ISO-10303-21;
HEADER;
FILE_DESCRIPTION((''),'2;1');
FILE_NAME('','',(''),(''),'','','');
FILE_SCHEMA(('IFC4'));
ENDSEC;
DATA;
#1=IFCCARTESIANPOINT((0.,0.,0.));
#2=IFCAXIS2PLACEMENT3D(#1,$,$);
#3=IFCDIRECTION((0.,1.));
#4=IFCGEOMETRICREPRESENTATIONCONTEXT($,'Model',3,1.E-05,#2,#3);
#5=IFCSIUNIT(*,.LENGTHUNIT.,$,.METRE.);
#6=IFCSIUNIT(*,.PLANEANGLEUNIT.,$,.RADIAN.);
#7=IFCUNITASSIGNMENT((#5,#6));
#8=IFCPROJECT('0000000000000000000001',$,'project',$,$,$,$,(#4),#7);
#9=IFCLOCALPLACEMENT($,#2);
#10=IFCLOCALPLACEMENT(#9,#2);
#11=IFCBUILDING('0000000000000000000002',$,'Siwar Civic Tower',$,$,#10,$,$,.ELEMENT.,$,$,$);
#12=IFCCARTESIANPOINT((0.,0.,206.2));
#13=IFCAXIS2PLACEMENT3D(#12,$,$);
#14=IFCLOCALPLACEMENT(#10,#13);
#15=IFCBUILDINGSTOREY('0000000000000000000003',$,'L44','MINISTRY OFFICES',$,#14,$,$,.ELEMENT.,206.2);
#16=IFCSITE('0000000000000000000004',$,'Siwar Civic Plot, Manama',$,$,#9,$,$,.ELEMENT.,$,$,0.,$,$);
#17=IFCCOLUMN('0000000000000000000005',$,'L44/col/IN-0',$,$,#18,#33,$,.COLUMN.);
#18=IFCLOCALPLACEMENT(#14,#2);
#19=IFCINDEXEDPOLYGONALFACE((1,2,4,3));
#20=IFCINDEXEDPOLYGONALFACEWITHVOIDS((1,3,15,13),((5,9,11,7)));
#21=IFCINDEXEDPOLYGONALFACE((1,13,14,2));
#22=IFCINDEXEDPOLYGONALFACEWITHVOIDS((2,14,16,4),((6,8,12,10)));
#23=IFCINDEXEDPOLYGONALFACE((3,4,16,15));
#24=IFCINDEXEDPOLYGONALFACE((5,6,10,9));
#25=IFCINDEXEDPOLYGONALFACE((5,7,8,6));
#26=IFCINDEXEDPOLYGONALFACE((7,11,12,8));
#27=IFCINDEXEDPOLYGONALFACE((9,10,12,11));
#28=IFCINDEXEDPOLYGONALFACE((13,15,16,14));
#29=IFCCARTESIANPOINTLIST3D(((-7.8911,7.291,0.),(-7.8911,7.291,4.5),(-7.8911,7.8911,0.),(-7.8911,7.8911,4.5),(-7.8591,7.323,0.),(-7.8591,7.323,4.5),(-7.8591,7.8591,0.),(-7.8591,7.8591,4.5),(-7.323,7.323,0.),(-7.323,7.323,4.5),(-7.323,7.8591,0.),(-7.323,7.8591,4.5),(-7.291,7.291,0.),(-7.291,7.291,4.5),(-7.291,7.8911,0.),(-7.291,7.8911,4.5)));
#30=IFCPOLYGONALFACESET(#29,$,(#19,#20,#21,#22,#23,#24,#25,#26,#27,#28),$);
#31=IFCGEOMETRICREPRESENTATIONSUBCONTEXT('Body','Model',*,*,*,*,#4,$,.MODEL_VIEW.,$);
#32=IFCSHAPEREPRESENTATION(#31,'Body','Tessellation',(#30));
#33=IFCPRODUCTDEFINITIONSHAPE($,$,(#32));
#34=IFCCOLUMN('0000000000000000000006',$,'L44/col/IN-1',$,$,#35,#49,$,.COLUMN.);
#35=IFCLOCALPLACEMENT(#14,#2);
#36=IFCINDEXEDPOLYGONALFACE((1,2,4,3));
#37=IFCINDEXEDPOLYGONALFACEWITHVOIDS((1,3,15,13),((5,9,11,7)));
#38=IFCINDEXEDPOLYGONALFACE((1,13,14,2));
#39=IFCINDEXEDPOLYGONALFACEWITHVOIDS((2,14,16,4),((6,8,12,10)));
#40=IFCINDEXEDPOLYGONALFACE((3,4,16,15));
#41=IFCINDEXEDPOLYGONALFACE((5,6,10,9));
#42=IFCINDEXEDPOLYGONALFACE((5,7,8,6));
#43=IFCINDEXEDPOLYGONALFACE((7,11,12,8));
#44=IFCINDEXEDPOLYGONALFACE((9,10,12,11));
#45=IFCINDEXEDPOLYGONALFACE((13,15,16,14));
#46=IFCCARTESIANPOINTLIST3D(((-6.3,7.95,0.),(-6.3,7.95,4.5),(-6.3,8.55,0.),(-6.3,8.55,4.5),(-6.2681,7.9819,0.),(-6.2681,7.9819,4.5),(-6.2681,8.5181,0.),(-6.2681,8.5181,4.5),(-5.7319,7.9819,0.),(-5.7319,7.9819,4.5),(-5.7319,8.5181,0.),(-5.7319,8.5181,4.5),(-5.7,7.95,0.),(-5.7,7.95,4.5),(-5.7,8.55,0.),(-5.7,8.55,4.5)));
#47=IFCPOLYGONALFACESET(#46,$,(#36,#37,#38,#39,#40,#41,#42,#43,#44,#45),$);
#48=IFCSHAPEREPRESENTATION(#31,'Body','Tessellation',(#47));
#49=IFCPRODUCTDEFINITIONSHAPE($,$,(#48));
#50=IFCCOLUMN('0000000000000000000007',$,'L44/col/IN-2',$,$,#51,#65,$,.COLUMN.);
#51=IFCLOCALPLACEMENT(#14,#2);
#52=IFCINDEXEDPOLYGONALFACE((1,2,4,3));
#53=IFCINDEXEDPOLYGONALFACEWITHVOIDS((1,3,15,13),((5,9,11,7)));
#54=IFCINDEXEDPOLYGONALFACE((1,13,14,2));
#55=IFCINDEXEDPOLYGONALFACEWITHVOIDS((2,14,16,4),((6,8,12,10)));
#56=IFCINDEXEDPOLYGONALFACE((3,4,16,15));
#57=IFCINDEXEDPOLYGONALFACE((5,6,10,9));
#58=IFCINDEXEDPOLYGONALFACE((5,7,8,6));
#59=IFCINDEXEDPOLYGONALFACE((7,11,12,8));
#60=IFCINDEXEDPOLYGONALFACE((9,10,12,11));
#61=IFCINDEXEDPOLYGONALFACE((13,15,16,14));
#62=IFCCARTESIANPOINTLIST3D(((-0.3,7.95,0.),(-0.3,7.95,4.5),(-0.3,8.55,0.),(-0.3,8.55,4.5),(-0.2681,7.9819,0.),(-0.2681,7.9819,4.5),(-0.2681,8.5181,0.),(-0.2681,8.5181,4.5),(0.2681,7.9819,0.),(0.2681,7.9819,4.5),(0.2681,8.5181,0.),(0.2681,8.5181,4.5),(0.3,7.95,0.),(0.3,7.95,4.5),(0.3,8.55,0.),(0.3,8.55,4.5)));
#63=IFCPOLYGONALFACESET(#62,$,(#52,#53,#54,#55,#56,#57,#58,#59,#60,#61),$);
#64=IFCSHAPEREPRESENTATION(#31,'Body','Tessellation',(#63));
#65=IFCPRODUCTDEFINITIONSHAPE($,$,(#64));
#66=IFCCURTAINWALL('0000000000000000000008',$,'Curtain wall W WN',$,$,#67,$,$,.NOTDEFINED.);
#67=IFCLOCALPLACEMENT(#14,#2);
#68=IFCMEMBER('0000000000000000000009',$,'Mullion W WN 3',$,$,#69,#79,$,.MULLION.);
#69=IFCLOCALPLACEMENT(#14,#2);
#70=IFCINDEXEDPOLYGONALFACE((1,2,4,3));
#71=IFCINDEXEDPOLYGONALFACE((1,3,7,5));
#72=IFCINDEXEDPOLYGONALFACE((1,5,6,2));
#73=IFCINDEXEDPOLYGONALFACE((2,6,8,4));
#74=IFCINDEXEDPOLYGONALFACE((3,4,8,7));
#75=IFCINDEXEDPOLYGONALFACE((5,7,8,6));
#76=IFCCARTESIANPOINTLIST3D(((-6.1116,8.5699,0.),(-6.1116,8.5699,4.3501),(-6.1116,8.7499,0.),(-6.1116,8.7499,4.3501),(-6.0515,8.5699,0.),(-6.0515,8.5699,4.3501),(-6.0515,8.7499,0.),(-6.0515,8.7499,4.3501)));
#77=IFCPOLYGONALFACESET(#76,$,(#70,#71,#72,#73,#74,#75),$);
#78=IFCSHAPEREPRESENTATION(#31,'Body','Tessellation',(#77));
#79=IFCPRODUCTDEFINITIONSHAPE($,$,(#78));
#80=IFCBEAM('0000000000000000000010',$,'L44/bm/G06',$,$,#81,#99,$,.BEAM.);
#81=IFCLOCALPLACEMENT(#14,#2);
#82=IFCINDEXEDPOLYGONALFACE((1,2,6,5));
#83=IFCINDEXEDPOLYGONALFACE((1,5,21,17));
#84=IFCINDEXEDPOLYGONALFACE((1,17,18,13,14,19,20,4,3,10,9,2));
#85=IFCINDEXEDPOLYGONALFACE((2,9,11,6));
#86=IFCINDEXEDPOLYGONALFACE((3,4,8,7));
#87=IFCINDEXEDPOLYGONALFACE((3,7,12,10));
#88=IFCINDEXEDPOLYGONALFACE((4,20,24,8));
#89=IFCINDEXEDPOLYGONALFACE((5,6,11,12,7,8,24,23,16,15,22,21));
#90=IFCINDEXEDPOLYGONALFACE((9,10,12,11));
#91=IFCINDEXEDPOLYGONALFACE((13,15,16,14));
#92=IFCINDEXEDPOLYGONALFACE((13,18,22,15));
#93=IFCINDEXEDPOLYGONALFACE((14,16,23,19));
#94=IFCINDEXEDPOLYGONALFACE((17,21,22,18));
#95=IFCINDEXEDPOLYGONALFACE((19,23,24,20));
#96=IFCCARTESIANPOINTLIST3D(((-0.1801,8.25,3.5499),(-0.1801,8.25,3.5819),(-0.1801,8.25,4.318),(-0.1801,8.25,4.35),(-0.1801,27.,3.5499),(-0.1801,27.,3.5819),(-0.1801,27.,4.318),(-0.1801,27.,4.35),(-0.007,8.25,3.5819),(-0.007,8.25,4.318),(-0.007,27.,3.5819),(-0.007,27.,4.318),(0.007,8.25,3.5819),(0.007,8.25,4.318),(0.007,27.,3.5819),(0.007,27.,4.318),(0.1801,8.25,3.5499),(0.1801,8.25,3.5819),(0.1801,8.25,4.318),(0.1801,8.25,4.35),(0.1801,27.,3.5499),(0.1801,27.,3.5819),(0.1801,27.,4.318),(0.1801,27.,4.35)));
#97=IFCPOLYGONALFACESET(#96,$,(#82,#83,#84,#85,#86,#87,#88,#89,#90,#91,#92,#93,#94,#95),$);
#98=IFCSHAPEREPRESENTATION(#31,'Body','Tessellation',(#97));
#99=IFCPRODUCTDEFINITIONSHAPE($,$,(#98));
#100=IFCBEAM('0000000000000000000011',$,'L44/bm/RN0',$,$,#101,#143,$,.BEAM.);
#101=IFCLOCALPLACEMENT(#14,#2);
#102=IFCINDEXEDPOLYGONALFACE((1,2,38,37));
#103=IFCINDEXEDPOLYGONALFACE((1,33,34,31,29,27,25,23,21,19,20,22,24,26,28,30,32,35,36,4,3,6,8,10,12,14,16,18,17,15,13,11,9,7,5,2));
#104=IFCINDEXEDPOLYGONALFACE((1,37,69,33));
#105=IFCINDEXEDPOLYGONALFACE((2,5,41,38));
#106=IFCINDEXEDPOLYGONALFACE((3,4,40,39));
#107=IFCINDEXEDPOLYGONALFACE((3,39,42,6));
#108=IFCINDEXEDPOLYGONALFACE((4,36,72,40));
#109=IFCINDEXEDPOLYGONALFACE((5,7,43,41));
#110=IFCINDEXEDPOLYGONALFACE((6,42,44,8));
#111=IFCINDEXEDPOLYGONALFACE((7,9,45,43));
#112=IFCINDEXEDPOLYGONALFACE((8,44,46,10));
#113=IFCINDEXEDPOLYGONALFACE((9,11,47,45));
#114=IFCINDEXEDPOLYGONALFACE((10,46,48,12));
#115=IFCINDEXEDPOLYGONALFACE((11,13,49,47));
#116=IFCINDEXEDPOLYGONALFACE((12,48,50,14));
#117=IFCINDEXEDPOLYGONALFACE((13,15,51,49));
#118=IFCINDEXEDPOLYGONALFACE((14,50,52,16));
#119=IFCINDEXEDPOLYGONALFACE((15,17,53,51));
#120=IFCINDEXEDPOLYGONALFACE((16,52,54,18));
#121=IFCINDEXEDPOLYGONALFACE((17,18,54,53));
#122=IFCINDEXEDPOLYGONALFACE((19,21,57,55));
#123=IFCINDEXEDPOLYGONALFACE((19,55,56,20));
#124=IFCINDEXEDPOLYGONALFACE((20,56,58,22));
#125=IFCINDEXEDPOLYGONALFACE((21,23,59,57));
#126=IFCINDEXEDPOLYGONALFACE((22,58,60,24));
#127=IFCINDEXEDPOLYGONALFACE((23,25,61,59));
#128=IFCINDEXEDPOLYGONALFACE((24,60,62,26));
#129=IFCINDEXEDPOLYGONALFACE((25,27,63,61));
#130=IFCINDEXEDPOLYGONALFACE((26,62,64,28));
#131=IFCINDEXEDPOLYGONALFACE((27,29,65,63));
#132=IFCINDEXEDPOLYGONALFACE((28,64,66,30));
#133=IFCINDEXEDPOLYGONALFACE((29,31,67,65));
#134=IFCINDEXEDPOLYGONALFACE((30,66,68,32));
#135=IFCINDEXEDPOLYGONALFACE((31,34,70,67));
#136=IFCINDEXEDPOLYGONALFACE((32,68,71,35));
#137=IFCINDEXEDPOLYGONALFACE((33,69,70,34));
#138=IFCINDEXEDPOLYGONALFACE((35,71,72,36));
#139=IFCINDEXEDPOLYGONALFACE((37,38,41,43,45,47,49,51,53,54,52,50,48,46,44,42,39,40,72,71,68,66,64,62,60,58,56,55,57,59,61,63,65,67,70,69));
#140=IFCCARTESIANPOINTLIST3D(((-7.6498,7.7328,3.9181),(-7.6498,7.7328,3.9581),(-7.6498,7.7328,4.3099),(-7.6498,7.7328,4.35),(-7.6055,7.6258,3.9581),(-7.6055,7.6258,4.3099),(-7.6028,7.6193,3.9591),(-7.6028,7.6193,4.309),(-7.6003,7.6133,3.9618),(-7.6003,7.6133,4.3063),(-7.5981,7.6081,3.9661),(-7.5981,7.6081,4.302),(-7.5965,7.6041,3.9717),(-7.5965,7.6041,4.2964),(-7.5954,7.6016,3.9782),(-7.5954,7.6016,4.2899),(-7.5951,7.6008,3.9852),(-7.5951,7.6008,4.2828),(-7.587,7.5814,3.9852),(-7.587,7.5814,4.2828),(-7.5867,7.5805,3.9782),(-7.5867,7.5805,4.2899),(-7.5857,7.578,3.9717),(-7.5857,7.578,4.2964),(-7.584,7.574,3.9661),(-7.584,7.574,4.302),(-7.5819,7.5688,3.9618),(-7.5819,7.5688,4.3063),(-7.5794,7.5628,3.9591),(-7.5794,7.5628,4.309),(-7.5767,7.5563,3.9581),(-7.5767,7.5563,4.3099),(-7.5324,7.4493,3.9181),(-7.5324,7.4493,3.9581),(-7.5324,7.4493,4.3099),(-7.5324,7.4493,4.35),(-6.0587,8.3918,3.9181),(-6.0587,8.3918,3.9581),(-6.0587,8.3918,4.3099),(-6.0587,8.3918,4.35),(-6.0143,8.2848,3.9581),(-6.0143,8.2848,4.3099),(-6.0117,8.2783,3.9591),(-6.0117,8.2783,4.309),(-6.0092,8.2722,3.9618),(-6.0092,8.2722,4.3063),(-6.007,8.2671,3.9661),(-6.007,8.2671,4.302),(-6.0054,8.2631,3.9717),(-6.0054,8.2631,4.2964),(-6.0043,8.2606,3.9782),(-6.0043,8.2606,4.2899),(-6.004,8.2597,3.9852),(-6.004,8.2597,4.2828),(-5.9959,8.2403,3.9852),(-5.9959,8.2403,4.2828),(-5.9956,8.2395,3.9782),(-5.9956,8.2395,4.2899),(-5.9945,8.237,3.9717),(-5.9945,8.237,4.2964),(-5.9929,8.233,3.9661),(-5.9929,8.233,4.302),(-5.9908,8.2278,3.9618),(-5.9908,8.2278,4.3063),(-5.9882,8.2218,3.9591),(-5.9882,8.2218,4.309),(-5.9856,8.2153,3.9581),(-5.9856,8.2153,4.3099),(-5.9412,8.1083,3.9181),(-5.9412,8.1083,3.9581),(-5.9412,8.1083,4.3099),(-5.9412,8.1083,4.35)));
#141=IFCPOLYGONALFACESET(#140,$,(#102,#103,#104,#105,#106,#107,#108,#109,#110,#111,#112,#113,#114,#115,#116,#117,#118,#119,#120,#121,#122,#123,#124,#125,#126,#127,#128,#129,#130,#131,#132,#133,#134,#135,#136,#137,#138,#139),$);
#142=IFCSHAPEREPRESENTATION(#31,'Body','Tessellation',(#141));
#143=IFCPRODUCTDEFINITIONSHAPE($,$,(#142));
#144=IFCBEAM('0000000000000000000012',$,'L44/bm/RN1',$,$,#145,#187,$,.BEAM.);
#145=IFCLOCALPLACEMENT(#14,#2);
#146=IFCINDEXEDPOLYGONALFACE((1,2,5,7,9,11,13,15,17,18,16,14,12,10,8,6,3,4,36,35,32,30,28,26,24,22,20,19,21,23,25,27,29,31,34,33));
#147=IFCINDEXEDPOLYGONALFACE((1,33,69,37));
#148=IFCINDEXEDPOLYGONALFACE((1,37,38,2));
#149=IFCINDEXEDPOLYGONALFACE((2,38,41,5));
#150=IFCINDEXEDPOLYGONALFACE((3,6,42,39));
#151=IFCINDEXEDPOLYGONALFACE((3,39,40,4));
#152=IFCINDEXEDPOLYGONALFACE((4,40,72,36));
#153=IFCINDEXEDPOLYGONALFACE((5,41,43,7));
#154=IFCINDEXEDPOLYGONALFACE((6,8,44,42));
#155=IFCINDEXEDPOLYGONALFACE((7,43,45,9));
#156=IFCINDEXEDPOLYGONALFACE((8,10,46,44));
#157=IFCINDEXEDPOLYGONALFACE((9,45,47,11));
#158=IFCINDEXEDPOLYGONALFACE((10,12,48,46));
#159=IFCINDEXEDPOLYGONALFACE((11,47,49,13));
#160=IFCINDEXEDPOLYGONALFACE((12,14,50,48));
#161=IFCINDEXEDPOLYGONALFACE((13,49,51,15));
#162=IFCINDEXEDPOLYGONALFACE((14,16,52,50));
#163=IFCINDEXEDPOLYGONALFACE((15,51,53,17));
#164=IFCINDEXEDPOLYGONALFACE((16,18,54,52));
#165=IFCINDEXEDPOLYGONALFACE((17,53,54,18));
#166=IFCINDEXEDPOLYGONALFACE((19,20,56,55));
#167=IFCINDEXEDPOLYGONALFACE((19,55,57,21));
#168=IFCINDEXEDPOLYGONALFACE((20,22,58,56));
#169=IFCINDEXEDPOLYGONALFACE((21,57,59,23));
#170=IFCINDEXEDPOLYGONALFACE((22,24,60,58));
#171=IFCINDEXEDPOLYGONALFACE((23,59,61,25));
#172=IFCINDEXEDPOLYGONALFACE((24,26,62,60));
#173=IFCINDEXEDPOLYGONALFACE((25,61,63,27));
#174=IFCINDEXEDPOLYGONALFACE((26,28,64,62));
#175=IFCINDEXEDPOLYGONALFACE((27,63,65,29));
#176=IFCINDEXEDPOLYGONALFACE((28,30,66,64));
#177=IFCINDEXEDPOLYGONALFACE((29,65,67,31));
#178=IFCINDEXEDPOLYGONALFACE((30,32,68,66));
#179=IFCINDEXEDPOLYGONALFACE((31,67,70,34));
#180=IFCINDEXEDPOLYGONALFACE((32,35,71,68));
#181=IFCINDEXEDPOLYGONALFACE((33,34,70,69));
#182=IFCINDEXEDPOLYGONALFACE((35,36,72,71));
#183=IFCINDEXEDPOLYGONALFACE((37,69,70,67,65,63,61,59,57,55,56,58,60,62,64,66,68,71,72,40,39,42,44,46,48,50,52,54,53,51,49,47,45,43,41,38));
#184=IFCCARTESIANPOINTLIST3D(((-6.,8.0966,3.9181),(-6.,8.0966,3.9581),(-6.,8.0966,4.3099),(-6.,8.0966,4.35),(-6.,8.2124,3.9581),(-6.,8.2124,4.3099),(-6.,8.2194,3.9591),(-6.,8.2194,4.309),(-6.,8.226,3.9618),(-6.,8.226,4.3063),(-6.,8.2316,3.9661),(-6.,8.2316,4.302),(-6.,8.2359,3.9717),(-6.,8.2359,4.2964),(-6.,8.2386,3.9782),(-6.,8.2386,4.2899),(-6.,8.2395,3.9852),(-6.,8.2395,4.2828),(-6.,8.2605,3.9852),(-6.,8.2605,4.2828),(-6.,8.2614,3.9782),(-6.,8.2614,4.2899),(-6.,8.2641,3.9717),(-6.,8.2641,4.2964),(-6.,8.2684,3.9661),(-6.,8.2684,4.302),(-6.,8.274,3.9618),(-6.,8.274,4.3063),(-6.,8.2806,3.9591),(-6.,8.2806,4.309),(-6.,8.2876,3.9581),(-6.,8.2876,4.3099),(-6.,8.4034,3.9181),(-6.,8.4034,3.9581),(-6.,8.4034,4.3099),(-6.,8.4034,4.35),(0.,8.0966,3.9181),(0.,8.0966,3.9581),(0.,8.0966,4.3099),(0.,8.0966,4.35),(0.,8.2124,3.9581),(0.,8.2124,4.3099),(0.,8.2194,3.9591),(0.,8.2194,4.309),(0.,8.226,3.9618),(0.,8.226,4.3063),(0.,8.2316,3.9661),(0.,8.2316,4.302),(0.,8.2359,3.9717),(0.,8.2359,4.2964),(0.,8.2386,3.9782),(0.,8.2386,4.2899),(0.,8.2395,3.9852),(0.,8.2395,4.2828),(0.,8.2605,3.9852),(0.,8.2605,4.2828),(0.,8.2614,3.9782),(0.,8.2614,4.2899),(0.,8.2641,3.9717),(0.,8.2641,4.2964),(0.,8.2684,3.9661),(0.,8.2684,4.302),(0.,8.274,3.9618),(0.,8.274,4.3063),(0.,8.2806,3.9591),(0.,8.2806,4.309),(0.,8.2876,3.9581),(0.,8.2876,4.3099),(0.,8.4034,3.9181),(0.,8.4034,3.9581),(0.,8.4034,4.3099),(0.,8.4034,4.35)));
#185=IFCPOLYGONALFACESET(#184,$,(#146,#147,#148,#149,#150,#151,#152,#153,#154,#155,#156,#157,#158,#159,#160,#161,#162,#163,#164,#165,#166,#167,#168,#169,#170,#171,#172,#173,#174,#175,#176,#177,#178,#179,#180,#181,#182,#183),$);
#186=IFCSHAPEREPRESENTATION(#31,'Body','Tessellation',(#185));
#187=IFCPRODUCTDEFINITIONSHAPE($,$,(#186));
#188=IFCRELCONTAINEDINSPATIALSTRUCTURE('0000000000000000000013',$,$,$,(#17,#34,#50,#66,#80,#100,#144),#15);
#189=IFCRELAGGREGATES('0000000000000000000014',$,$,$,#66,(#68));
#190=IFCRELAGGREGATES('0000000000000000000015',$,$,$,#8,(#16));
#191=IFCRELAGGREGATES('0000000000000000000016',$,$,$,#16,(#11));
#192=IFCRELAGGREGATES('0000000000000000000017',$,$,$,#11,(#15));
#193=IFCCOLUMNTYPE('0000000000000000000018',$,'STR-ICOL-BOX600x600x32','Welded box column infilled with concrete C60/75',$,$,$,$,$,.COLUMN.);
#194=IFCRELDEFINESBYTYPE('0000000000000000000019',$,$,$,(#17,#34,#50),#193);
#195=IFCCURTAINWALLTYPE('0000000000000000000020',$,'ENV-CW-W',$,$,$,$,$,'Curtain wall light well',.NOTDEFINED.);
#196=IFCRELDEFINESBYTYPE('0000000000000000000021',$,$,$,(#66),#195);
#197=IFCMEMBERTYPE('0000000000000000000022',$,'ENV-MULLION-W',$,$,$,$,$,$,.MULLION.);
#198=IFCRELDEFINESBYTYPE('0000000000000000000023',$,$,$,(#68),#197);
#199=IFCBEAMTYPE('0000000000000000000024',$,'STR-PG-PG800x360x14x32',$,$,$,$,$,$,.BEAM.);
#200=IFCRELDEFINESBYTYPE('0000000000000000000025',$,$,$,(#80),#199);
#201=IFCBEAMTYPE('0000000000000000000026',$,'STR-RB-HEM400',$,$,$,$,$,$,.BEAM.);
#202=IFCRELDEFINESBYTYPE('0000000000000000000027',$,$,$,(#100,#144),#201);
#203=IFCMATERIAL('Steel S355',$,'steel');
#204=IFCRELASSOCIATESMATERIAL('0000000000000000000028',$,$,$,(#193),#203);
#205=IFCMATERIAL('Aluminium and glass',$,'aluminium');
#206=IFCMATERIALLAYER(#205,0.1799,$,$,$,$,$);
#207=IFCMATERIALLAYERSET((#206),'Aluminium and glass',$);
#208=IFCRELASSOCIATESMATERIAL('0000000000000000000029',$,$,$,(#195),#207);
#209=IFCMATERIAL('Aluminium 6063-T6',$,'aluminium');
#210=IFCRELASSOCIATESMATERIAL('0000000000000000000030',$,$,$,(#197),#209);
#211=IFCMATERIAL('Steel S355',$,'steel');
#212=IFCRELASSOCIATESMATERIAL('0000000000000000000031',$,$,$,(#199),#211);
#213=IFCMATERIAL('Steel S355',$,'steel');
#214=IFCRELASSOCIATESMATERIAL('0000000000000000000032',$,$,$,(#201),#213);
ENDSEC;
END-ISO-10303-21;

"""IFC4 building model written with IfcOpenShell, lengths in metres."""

from ifc_helpers import new_model, si_unit, direction, frame, origin, origin_2d, place, context, subcontext, project, spatial, rectangle, hollow_rectangle, i_section, extrude, material, layer, layer_set, material_profile, profile_set, type_object, element, aggregate, save


model = new_model("IFC4")

# Units and contexts
model_context = context("Model", 3, precision=1e-05, world=origin(), true_north=direction((0.0, 1.0)))
body_context = subcontext(model_context, "Body", "Model", "MODEL_VIEW")
ifc_project = project(units=[si_unit("LENGTHUNIT", "METRE"), si_unit("PLANEANGLEUNIT", "RADIAN")], contexts=[model_context])

# Site, building, storey
site_placement = place(None, origin())
site = spatial("IfcSite", under=ifc_project, at=site_placement, Name="Siwar Civic Plot, Manama", CompositionType="ELEMENT", RefElevation=0.0)
building_placement = place(site_placement, origin())
building = spatial("IfcBuilding", under=site, at=building_placement, Name="Siwar Civic Tower", CompositionType="ELEMENT")
storey_placement = place(building_placement, frame((0.0, 0.0, 206.2)))
storey = spatial("IfcBuildingStorey", under=building, at=storey_placement, Name="L44", Description="MINISTRY OFFICES", CompositionType="ELEMENT", Elevation=206.2)

# Columns
ifc_material_1 = material(Name="Steel S355", Category="steel")
ifc_material_profile_1 = material_profile(ifc_material_1, hollow_rectangle(XDim=0.6001, YDim=0.6001, WallThickness=0.032, at=origin_2d()), Name="BOX600x600x32")
ifc_profile_set_1 = profile_set([ifc_material_profile_1], Name="Steel S355")
column_type = type_object("IfcColumnType", Name="STR-ICOL-BOX600x600x32", Description="Welded box column infilled with concrete C60/75", PredefinedType="COLUMN", material=ifc_profile_set_1)
for number, where, z_axis, x_axis, name in (
    (1, (-7.5911, 7.5911, 0.0), (0.0, 0.0, 1.0), (1.0, 0.0, 0.0), "L44/col/IN-0"),
    (2, (-6.0, 8.25, 0.0), (0.0, 0.0, 1.0), (1.0, 0.0, 0.0), "L44/col/IN-1"),
    (3, (0.0, 8.25, 0.0), (0.0, 0.0, 1.0), (1.0, 0.0, 0.0), "L44/col/IN-2"),
):
    element("IfcColumn", number, at=place(storey_placement, frame(where, z_axis=z_axis, x_axis=x_axis)), inside=storey, type_object=column_type, Name=name, PredefinedType="COLUMN", context=body_context, shape_type="SweptSolid", body=[
        extrude(hollow_rectangle(XDim=0.6001, YDim=0.6001, WallThickness=0.032, at=origin_2d()), origin(), (0.0, 0.0, 1.0), 4.5),
    ])

# Curtain wall, member
ifc_material_2 = material(Name="Aluminium and glass", Category="aluminium")
ifc_layer_1 = layer(ifc_material_2, 0.1799)
ifc_layer_set_1 = layer_set([ifc_layer_1], Name="Aluminium and glass")
curtain_wall_type = type_object("IfcCurtainWallType", Name="ENV-CW-W", ElementType="Curtain wall light well", PredefinedType="NOTDEFINED", material=ifc_layer_set_1)
curtain_wall_placement = place(storey_placement, origin())
curtain_wall = element("IfcCurtainWall", 4, at=curtain_wall_placement, inside=storey, type_object=curtain_wall_type, Name="Curtain wall W WN", PredefinedType="NOTDEFINED")
ifc_material_3 = material(Name="Aluminium 6063-T6", Category="aluminium")
ifc_material_profile_2 = material_profile(ifc_material_3, rectangle(XDim=0.1799, YDim=0.0601, at=origin_2d()), Name="AL 180x60")
ifc_profile_set_2 = profile_set([ifc_material_profile_2], Name="Aluminium 6063-T6")
member_type = type_object("IfcMemberType", Name="ENV-MULLION-W", PredefinedType="MULLION", material=ifc_profile_set_2)
member_placement = place(storey_placement, frame((-6.0815, 8.6599, 0.0), z_axis=(0.0, 0.0, 1.0), x_axis=(0.0, -1.0, 0.0)))
member = element("IfcMember", 5, at=member_placement, type_object=member_type, Name="Mullion W WN 3", PredefinedType="MULLION", context=body_context, shape_type="SweptSolid", body=[
    extrude(rectangle(XDim=0.1799, YDim=0.0601, at=origin_2d()), origin(), (0.0, 0.0, 1.0), 4.3501),
])

# Beams
ifc_material_4 = material(Name="Steel S355", Category="steel")
ifc_material_profile_3 = material_profile(ifc_material_4, i_section(OverallWidth=0.3601, OverallDepth=0.8, WebThickness=0.0139, FlangeThickness=0.032, at=origin_2d()), Name="PG800x360x14x32")
ifc_profile_set_3 = profile_set([ifc_material_profile_3], Name="Steel S355")
beam_type_1 = type_object("IfcBeamType", Name="STR-PG-PG800x360x14x32", PredefinedType="BEAM", material=ifc_profile_set_3)
beam_1_placement = place(storey_placement, frame((0.0, 8.25, 3.95), z_axis=(0.0, 1.0, 0.0), x_axis=(-1.0, 0.0, 0.0)))
element("IfcBeam", 6, at=beam_1_placement, inside=storey, type_object=beam_type_1, Name="L44/bm/G06", PredefinedType="BEAM", context=body_context, shape_type="SweptSolid", body=[
    extrude(i_section(OverallWidth=0.3601, OverallDepth=0.8, WebThickness=0.0139, FlangeThickness=0.032, at=origin_2d()), origin(), (0.0, 0.0, 1.0), 18.75),
])
ifc_material_5 = material(Name="Steel S355", Category="steel")
ifc_material_profile_4 = material_profile(ifc_material_5, i_section(OverallWidth=0.3069, OverallDepth=0.4319, WebThickness=0.021, FlangeThickness=0.04, FilletRadius=0.0271, at=origin_2d()), Name="HEM400")
ifc_profile_set_4 = profile_set([ifc_material_profile_4], Name="Steel S355")
beam_type_2 = type_object("IfcBeamType", Name="STR-RB-HEM400", PredefinedType="BEAM", material=ifc_profile_set_4)
beam_2_placement = place(storey_placement, frame((-7.5911, 7.5911, 4.134), z_axis=(0.923901, 0.382631, 0.0), x_axis=(-0.382631, 0.923901, 0.0)))
element("IfcBeam", 7, at=beam_2_placement, inside=storey, type_object=beam_type_2, Name="L44/bm/RN0", PredefinedType="BEAM", context=body_context, shape_type="SweptSolid", body=[
    extrude(i_section(OverallWidth=0.3069, OverallDepth=0.4319, WebThickness=0.021, FlangeThickness=0.04, FilletRadius=0.0271, at=origin_2d()), origin(), (0.0, 0.0, 1.0), 1.7222),
])
for number, where, z_axis, x_axis, name in (
    (8, (-6.0, 8.25, 4.134), (1.0, 0.0, 0.0), (0.0, 1.0, 0.0), "L44/bm/RN1"),
):
    element("IfcBeam", number, at=place(storey_placement, frame(where, z_axis=z_axis, x_axis=x_axis)), inside=storey, type_object=beam_type_2, Name=name, PredefinedType="BEAM", context=body_context, shape_type="SweptSolid", body=[
        extrude(i_section(OverallWidth=0.3069, OverallDepth=0.4319, WebThickness=0.021, FlangeThickness=0.04, FilletRadius=0.0271, at=origin_2d()), origin(), (0.0, 0.0, 1.0), 6.0),
    ])

aggregate(curtain_wall, [member])

save(model, "model.ifc")
